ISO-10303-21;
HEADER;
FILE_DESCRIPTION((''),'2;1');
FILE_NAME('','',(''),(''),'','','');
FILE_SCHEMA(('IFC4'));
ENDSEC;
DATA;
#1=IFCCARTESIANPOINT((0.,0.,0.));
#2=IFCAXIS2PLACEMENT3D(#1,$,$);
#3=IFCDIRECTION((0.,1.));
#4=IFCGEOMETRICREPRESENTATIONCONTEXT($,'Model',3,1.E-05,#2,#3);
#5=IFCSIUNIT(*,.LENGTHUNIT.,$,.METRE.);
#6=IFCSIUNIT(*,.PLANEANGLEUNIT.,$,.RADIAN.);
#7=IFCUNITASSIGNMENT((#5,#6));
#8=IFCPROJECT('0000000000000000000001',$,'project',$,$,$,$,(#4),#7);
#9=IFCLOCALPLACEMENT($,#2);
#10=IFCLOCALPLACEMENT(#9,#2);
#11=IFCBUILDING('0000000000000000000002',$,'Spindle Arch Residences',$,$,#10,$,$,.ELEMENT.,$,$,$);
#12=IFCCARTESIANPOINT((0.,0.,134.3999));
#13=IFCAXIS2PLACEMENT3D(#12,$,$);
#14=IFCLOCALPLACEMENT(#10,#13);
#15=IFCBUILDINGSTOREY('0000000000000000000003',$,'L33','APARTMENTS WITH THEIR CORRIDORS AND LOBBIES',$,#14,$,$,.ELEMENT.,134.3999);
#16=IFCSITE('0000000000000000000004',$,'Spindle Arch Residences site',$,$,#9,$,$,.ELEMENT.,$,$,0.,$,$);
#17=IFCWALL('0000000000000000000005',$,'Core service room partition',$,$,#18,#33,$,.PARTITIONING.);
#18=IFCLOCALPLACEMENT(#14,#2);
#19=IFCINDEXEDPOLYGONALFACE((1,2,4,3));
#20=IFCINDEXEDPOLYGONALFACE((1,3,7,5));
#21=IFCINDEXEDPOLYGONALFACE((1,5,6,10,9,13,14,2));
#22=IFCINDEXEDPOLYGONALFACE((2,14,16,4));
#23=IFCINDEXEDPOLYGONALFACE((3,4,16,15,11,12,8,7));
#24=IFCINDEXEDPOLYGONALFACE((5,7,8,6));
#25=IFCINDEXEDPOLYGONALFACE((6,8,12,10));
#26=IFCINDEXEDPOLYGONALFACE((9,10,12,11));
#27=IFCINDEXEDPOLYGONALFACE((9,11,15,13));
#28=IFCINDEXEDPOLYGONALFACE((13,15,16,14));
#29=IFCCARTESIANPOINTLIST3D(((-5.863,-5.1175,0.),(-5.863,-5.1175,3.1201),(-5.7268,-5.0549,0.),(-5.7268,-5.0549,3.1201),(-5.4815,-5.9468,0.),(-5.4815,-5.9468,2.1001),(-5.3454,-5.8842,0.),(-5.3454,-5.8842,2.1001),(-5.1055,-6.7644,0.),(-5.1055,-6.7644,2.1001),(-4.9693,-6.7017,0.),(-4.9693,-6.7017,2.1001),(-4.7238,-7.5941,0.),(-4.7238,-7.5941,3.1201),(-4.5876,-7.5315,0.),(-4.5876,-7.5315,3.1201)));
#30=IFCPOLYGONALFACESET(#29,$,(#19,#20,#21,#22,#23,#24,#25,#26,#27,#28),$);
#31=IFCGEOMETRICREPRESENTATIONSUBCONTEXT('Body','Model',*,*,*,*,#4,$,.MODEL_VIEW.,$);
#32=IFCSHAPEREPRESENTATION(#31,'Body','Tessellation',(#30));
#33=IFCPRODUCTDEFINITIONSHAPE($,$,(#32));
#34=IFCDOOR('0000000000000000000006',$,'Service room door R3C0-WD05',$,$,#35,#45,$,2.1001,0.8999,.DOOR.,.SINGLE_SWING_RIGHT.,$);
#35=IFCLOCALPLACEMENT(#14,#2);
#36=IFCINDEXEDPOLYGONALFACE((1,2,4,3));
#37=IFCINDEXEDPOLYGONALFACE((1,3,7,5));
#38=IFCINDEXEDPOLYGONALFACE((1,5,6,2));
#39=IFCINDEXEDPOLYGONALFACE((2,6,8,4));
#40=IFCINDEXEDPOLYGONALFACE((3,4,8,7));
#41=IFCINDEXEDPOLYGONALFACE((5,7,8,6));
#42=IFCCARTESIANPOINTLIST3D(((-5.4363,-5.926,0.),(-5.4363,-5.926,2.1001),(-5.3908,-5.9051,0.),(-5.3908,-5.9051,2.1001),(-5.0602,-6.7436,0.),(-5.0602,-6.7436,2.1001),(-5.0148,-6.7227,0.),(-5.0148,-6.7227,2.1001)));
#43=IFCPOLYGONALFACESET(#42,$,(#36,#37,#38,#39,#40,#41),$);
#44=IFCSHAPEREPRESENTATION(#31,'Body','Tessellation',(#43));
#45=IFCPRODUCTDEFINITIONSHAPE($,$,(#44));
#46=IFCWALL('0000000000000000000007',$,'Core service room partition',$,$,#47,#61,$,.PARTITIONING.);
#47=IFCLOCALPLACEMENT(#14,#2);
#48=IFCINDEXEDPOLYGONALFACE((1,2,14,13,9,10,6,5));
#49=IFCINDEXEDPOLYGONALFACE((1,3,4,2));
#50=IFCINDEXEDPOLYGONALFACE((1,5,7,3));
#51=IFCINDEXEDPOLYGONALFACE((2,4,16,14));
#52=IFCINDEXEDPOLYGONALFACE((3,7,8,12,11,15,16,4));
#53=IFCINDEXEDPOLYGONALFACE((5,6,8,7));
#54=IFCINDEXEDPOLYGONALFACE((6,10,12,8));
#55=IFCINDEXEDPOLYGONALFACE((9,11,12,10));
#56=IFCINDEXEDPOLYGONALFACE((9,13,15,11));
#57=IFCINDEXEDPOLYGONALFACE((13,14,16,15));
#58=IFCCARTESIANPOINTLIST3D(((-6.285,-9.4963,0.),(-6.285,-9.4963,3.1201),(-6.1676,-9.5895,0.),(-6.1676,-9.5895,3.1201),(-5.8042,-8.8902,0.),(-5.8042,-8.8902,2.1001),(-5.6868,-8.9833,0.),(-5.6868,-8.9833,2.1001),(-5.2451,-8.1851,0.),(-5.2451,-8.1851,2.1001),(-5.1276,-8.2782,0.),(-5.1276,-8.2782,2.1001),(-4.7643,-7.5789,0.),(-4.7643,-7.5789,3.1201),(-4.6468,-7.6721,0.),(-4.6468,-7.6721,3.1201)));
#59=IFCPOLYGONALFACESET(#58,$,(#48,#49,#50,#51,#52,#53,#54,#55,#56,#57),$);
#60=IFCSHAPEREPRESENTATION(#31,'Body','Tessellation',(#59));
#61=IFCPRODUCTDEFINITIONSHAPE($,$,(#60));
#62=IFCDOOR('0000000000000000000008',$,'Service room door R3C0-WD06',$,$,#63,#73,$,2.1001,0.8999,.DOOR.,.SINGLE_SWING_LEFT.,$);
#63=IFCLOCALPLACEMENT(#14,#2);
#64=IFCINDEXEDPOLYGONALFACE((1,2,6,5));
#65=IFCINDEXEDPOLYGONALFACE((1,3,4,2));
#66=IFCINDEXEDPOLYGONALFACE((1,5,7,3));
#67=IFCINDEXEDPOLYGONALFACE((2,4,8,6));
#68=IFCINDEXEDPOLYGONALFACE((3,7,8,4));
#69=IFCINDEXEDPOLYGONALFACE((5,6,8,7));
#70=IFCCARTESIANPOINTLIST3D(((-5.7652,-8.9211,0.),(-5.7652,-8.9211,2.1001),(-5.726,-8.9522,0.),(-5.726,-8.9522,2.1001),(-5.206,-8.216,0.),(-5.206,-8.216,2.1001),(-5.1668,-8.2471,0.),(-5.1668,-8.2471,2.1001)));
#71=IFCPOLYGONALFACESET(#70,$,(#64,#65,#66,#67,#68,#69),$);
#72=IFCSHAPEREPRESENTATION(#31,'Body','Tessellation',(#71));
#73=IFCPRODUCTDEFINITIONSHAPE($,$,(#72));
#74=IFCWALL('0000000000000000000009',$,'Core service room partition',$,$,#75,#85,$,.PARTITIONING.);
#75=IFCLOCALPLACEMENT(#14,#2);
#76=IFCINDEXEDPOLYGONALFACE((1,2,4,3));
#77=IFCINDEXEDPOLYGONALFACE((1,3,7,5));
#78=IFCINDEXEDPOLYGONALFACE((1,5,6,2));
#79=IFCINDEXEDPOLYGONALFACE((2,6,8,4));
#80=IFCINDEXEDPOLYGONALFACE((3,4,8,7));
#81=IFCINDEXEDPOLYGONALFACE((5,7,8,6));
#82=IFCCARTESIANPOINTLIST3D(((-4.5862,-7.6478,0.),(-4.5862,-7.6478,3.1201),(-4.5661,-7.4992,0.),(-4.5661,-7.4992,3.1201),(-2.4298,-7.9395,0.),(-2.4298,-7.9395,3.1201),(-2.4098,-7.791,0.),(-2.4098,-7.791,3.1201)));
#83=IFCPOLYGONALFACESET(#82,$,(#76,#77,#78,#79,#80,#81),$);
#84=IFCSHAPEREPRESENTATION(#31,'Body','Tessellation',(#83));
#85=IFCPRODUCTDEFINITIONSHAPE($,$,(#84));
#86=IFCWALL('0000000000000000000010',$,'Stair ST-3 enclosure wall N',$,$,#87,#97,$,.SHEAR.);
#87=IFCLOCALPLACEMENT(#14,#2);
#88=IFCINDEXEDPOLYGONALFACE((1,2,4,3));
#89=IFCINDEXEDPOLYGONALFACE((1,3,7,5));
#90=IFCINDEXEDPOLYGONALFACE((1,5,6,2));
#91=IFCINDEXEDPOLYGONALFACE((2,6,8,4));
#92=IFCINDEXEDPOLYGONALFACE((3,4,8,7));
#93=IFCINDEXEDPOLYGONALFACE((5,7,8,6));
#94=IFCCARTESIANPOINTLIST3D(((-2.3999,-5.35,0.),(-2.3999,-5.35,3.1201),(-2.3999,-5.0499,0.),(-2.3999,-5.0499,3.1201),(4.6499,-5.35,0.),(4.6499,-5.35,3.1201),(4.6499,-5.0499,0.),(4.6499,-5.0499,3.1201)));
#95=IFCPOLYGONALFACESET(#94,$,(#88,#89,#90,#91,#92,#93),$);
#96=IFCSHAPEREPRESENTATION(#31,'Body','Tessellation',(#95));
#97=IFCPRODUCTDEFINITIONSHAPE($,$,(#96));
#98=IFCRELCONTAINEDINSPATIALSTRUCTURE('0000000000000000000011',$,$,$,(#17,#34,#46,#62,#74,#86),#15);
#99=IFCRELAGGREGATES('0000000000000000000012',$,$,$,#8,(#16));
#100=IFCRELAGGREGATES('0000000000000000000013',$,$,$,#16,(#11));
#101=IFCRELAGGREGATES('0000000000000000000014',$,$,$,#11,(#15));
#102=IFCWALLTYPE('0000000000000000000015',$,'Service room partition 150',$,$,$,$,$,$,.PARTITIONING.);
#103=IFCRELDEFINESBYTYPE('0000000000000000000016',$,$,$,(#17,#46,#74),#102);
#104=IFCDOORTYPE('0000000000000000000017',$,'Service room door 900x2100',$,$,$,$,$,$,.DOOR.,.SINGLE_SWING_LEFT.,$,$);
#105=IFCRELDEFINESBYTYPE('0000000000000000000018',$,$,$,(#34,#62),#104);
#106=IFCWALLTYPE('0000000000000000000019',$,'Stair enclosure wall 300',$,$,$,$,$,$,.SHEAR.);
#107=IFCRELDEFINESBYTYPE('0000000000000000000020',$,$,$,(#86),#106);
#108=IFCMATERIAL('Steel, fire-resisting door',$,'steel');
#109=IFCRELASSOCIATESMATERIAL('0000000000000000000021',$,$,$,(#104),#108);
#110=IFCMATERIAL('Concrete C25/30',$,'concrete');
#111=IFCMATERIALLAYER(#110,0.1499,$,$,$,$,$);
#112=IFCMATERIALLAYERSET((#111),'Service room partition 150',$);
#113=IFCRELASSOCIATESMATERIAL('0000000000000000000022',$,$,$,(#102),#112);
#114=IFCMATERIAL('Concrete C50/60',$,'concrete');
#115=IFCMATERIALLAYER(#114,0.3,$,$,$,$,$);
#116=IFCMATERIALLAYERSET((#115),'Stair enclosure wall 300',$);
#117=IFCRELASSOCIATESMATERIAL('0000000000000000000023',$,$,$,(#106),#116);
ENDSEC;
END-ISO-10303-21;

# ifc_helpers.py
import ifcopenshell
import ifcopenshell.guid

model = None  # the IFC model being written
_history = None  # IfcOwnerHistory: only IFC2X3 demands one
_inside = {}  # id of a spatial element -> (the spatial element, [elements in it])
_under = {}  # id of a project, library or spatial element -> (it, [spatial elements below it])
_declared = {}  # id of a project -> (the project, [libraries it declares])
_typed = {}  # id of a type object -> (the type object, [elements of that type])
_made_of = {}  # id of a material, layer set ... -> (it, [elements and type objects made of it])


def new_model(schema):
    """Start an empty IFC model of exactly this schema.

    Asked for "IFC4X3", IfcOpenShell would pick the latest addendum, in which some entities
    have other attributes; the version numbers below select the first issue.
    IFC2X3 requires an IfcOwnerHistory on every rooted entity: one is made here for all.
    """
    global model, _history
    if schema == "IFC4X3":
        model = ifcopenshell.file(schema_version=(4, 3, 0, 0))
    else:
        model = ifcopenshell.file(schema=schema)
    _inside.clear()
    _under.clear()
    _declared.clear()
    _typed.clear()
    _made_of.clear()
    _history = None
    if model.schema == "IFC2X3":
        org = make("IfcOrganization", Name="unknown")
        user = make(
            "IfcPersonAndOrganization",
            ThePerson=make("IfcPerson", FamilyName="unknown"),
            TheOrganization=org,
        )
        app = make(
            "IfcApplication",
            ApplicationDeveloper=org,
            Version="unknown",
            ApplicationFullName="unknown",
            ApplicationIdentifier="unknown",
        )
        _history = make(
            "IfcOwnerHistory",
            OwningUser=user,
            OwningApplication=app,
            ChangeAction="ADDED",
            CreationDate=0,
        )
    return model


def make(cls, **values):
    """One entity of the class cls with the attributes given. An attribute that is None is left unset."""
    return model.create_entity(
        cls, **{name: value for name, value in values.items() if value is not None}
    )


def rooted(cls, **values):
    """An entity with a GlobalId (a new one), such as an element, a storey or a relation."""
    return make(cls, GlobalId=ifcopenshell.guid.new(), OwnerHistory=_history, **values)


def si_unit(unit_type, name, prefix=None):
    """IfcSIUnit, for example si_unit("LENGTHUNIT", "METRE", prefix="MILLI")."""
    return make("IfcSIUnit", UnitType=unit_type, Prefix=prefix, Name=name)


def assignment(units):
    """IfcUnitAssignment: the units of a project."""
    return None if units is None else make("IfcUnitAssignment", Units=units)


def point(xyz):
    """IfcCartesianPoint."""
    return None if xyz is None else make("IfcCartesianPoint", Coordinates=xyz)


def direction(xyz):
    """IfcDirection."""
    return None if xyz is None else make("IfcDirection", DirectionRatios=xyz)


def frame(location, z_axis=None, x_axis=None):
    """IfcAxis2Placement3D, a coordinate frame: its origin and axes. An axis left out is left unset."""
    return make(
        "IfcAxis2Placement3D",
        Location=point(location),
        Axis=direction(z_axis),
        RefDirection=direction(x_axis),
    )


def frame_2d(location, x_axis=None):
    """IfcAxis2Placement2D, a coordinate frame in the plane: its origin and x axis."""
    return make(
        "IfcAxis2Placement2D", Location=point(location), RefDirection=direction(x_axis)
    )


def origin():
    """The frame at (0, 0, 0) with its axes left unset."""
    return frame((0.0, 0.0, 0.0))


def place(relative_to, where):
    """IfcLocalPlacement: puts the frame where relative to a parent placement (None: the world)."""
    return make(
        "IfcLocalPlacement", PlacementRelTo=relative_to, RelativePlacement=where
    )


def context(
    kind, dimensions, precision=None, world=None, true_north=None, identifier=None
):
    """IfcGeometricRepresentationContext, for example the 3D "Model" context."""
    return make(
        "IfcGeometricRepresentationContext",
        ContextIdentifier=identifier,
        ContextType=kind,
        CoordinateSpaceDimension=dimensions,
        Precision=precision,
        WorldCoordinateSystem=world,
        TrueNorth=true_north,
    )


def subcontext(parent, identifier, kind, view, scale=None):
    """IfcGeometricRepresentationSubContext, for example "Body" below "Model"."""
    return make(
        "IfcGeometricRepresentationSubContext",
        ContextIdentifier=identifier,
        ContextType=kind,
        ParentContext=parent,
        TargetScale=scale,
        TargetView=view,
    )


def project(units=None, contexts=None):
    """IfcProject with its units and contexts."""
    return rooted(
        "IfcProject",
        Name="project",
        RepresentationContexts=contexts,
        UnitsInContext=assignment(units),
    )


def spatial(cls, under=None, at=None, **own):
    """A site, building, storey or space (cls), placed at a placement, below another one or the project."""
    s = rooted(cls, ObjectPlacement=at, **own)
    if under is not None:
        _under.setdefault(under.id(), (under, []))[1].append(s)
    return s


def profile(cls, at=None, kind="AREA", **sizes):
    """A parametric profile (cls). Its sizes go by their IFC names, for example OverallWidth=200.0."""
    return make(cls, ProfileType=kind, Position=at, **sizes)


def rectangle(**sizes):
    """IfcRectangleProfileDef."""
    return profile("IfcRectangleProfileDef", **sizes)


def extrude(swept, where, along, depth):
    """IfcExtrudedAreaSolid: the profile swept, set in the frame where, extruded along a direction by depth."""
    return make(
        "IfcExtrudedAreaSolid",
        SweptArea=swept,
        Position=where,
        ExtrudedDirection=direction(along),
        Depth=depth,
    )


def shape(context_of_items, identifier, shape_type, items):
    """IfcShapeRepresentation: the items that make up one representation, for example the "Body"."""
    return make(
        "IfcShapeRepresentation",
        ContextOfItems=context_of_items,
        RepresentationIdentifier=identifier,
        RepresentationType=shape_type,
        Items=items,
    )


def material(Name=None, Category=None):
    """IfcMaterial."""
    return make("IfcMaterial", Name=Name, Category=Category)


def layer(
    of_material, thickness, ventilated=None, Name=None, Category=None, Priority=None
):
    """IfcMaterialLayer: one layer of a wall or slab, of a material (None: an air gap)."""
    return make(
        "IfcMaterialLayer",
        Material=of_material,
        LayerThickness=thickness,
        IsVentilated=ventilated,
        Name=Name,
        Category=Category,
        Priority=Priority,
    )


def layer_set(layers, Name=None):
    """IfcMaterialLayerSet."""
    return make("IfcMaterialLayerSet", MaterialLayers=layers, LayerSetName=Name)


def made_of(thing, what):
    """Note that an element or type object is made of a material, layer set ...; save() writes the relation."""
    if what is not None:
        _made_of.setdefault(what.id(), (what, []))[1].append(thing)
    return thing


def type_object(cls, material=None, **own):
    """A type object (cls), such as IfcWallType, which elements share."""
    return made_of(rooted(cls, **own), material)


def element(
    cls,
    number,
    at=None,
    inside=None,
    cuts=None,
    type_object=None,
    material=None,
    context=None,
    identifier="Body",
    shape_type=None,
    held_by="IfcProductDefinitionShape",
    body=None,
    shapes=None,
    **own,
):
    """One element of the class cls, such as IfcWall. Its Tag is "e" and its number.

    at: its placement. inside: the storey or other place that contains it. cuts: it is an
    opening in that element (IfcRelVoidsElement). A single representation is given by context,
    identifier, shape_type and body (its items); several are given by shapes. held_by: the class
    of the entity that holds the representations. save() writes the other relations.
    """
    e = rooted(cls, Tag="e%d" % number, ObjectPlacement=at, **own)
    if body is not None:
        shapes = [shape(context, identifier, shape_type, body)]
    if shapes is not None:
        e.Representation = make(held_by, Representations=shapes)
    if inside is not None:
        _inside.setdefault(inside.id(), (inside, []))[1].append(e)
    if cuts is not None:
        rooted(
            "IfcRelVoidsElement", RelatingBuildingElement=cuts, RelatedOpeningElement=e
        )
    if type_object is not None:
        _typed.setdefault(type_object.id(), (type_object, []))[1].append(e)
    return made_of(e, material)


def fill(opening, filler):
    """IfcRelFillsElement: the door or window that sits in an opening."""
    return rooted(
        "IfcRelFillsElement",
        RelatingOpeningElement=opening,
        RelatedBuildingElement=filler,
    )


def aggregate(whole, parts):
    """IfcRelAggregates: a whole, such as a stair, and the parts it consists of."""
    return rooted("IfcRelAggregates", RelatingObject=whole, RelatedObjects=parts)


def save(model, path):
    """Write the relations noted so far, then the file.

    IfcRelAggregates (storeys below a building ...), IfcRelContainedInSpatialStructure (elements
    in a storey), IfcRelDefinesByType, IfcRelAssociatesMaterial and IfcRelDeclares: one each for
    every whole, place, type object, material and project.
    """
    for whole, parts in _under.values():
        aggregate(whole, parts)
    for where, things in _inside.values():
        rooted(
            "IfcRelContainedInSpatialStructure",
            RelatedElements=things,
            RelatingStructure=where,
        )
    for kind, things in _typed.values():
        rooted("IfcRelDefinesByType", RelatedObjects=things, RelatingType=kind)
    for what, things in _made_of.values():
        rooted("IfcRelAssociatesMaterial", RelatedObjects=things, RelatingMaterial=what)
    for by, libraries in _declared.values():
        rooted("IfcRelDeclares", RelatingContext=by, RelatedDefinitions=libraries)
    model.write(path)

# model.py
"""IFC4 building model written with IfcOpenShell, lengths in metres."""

from ifc_helpers import new_model, si_unit, direction, frame, frame_2d, origin, place, context, subcontext, project, spatial, rectangle, extrude, material, layer, layer_set, type_object, element, fill, save


model = new_model("IFC4")

# Units and contexts
model_context = context("Model", 3, precision=1e-05, world=origin(), true_north=direction((0.0, 1.0)))
body_context = subcontext(model_context, "Body", "Model", "MODEL_VIEW")
ifc_project = project(units=[si_unit("LENGTHUNIT", "METRE"), si_unit("PLANEANGLEUNIT", "RADIAN")], contexts=[model_context])

# Site, building, storey
site_placement = place(None, origin())
site = spatial("IfcSite", under=ifc_project, at=site_placement, Name="Spindle Arch Residences site", CompositionType="ELEMENT", RefElevation=0.0)
building_placement = place(site_placement, origin())
building = spatial("IfcBuilding", under=site, at=building_placement, Name="Spindle Arch Residences", CompositionType="ELEMENT")
storey_placement = place(building_placement, frame((0.0, 0.0, 134.3999)))
storey = spatial("IfcBuildingStorey", under=building, at=storey_placement, Name="L33", Description="APARTMENTS WITH THEIR CORRIDORS AND LOBBIES", CompositionType="ELEMENT", Elevation=134.3999)

# Shared definitions
ifc_material_1 = material(Name="Steel, fire-resisting door", Category="steel")
door_type_1 = type_object("IfcDoorType", Name="Service room door 900x2100", OperationType="SINGLE_SWING_LEFT", PredefinedType="DOOR", material=ifc_material_1)

# Walls, openings, doors
ifc_material_2 = material(Name="Concrete C25/30", Category="concrete")
ifc_layer_1 = layer(ifc_material_2, 0.1499)
ifc_layer_set_1 = layer_set([ifc_layer_1], Name="Service room partition 150")
wall_type_1 = type_object("IfcWallType", Name="Service room partition 150", PredefinedType="PARTITIONING", material=ifc_layer_set_1)
wall_1_placement = place(storey_placement, frame((-5.7949, -5.0862, 0.0), z_axis=(0.0, 0.0, 1.0), x_axis=(0.417888, -0.908499, 0.0)))
wall_1 = element("IfcWall", 1, at=wall_1_placement, inside=storey, type_object=wall_type_1, Name="Core service room partition", PredefinedType="PARTITIONING", context=body_context, shape_type="SweptSolid", body=[
    extrude(rectangle(XDim=2.7261, YDim=0.1499, at=frame_2d((1.363, 0.0))), origin(), (0.0, 0.0, 1.0), 3.1201),
])
opening_1_placement = place(wall_1_placement, frame((0.9128, 0.0, 0.0)))
opening_1 = element("IfcOpeningElement", 2, at=opening_1_placement, cuts=wall_1, PredefinedType="OPENING", context=body_context, shape_type="SweptSolid", body=[
    extrude(rectangle(XDim=0.8999, YDim=2.1001, at=frame_2d((0.45, 1.05))), frame((0.0, 0.085, 0.0), z_axis=(0.0, -1.0, 0.0), x_axis=(1.0, 0.0, 0.0)), (0.0, 0.0, 1.0), 0.1699),
])
door_1_placement = place(opening_1_placement, origin())
door_1 = element("IfcDoor", 3, at=door_1_placement, inside=storey, type_object=door_type_1, Name="Service room door R3C0-WD05", OperationType="SINGLE_SWING_RIGHT", OverallHeight=2.1001, OverallWidth=0.8999, PredefinedType="DOOR", context=body_context, shape_type="SweptSolid", body=[
    extrude(rectangle(XDim=0.8999, YDim=2.1001, at=frame_2d((0.45, 1.05))), frame((0.0, 0.0249, 0.0), z_axis=(0.0, -1.0, 0.0), x_axis=(1.0, 0.0, 0.0)), (0.0, 0.0, 1.0), 0.05),
])
fill(opening_1, door_1)
wall_2_placement = place(storey_placement, frame((-4.7056, -7.6255, 0.0), z_axis=(0.0, 0.0, 1.0), x_axis=(-0.621393, -0.783499, 0.0)))
wall_2 = element("IfcWall", 4, at=wall_2_placement, inside=storey, type_object=wall_type_1, Name="Core service room partition", PredefinedType="PARTITIONING", context=body_context, shape_type="SweptSolid", body=[
    extrude(rectangle(XDim=2.4473, YDim=0.1499, at=frame_2d((1.2236, 0.0))), origin(), (0.0, 0.0, 1.0), 3.1201),
])
opening_2_placement = place(wall_2_placement, frame((0.7737, 0.0, 0.0)))
opening_2 = element("IfcOpeningElement", 5, at=opening_2_placement, cuts=wall_2, PredefinedType="OPENING", context=body_context, shape_type="SweptSolid", body=[
    extrude(rectangle(XDim=0.8999, YDim=2.1001, at=frame_2d((0.45, 1.05))), frame((0.0, 0.085, 0.0), z_axis=(0.0, -1.0, 0.0), x_axis=(1.0, 0.0, 0.0)), (0.0, 0.0, 1.0), 0.1699),
])
door_2_placement = place(opening_2_placement, origin())
door_2 = element("IfcDoor", 6, at=door_2_placement, inside=storey, type_object=door_type_1, Name="Service room door R3C0-WD06", OperationType="SINGLE_SWING_LEFT", OverallHeight=2.1001, OverallWidth=0.8999, PredefinedType="DOOR", context=body_context, shape_type="SweptSolid", body=[
    extrude(rectangle(XDim=0.8999, YDim=2.1001, at=frame_2d((0.45, 1.05))), frame((0.0, 0.0249, 0.0), z_axis=(0.0, -1.0, 0.0), x_axis=(1.0, 0.0, 0.0)), (0.0, 0.0, 1.0), 0.05),
])
fill(opening_2, door_2)

# Walls
wall_3_placement = place(storey_placement, frame((-2.4199, -7.8652, 0.0), z_axis=(0.0, 0.0, 1.0), x_axis=(-0.990972, 0.134067, 0.0)))
element("IfcWall", 7, at=wall_3_placement, inside=storey, type_object=wall_type_1, Name="Core service room partition", PredefinedType="PARTITIONING", context=body_context, shape_type="SweptSolid", body=[
    extrude(rectangle(XDim=2.176, YDim=0.1499, at=frame_2d((1.0879, 0.0))), origin(), (0.0, 0.0, 1.0), 3.1201),
])
ifc_material_3 = material(Name="Concrete C50/60", Category="concrete")
ifc_layer_2 = layer(ifc_material_3, 0.3)
ifc_layer_set_2 = layer_set([ifc_layer_2], Name="Stair enclosure wall 300")
wall_type_2 = type_object("IfcWallType", Name="Stair enclosure wall 300", PredefinedType="SHEAR", material=ifc_layer_set_2)
wall_4_placement = place(storey_placement, frame((-2.3999, -5.2, 0.0), z_axis=(0.0, 0.0, 1.0), x_axis=(1.0, 0.0, 0.0)))
element("IfcWall", 8, at=wall_4_placement, inside=storey, type_object=wall_type_2, Name="Stair ST-3 enclosure wall N", PredefinedType="SHEAR", context=body_context, shape_type="SweptSolid", body=[
    extrude(rectangle(XDim=7.0498, YDim=0.3, at=frame_2d((3.5249, 0.0))), origin(), (0.0, 0.0, 1.0), 3.1201),
])

save(model, "model.ifc")
